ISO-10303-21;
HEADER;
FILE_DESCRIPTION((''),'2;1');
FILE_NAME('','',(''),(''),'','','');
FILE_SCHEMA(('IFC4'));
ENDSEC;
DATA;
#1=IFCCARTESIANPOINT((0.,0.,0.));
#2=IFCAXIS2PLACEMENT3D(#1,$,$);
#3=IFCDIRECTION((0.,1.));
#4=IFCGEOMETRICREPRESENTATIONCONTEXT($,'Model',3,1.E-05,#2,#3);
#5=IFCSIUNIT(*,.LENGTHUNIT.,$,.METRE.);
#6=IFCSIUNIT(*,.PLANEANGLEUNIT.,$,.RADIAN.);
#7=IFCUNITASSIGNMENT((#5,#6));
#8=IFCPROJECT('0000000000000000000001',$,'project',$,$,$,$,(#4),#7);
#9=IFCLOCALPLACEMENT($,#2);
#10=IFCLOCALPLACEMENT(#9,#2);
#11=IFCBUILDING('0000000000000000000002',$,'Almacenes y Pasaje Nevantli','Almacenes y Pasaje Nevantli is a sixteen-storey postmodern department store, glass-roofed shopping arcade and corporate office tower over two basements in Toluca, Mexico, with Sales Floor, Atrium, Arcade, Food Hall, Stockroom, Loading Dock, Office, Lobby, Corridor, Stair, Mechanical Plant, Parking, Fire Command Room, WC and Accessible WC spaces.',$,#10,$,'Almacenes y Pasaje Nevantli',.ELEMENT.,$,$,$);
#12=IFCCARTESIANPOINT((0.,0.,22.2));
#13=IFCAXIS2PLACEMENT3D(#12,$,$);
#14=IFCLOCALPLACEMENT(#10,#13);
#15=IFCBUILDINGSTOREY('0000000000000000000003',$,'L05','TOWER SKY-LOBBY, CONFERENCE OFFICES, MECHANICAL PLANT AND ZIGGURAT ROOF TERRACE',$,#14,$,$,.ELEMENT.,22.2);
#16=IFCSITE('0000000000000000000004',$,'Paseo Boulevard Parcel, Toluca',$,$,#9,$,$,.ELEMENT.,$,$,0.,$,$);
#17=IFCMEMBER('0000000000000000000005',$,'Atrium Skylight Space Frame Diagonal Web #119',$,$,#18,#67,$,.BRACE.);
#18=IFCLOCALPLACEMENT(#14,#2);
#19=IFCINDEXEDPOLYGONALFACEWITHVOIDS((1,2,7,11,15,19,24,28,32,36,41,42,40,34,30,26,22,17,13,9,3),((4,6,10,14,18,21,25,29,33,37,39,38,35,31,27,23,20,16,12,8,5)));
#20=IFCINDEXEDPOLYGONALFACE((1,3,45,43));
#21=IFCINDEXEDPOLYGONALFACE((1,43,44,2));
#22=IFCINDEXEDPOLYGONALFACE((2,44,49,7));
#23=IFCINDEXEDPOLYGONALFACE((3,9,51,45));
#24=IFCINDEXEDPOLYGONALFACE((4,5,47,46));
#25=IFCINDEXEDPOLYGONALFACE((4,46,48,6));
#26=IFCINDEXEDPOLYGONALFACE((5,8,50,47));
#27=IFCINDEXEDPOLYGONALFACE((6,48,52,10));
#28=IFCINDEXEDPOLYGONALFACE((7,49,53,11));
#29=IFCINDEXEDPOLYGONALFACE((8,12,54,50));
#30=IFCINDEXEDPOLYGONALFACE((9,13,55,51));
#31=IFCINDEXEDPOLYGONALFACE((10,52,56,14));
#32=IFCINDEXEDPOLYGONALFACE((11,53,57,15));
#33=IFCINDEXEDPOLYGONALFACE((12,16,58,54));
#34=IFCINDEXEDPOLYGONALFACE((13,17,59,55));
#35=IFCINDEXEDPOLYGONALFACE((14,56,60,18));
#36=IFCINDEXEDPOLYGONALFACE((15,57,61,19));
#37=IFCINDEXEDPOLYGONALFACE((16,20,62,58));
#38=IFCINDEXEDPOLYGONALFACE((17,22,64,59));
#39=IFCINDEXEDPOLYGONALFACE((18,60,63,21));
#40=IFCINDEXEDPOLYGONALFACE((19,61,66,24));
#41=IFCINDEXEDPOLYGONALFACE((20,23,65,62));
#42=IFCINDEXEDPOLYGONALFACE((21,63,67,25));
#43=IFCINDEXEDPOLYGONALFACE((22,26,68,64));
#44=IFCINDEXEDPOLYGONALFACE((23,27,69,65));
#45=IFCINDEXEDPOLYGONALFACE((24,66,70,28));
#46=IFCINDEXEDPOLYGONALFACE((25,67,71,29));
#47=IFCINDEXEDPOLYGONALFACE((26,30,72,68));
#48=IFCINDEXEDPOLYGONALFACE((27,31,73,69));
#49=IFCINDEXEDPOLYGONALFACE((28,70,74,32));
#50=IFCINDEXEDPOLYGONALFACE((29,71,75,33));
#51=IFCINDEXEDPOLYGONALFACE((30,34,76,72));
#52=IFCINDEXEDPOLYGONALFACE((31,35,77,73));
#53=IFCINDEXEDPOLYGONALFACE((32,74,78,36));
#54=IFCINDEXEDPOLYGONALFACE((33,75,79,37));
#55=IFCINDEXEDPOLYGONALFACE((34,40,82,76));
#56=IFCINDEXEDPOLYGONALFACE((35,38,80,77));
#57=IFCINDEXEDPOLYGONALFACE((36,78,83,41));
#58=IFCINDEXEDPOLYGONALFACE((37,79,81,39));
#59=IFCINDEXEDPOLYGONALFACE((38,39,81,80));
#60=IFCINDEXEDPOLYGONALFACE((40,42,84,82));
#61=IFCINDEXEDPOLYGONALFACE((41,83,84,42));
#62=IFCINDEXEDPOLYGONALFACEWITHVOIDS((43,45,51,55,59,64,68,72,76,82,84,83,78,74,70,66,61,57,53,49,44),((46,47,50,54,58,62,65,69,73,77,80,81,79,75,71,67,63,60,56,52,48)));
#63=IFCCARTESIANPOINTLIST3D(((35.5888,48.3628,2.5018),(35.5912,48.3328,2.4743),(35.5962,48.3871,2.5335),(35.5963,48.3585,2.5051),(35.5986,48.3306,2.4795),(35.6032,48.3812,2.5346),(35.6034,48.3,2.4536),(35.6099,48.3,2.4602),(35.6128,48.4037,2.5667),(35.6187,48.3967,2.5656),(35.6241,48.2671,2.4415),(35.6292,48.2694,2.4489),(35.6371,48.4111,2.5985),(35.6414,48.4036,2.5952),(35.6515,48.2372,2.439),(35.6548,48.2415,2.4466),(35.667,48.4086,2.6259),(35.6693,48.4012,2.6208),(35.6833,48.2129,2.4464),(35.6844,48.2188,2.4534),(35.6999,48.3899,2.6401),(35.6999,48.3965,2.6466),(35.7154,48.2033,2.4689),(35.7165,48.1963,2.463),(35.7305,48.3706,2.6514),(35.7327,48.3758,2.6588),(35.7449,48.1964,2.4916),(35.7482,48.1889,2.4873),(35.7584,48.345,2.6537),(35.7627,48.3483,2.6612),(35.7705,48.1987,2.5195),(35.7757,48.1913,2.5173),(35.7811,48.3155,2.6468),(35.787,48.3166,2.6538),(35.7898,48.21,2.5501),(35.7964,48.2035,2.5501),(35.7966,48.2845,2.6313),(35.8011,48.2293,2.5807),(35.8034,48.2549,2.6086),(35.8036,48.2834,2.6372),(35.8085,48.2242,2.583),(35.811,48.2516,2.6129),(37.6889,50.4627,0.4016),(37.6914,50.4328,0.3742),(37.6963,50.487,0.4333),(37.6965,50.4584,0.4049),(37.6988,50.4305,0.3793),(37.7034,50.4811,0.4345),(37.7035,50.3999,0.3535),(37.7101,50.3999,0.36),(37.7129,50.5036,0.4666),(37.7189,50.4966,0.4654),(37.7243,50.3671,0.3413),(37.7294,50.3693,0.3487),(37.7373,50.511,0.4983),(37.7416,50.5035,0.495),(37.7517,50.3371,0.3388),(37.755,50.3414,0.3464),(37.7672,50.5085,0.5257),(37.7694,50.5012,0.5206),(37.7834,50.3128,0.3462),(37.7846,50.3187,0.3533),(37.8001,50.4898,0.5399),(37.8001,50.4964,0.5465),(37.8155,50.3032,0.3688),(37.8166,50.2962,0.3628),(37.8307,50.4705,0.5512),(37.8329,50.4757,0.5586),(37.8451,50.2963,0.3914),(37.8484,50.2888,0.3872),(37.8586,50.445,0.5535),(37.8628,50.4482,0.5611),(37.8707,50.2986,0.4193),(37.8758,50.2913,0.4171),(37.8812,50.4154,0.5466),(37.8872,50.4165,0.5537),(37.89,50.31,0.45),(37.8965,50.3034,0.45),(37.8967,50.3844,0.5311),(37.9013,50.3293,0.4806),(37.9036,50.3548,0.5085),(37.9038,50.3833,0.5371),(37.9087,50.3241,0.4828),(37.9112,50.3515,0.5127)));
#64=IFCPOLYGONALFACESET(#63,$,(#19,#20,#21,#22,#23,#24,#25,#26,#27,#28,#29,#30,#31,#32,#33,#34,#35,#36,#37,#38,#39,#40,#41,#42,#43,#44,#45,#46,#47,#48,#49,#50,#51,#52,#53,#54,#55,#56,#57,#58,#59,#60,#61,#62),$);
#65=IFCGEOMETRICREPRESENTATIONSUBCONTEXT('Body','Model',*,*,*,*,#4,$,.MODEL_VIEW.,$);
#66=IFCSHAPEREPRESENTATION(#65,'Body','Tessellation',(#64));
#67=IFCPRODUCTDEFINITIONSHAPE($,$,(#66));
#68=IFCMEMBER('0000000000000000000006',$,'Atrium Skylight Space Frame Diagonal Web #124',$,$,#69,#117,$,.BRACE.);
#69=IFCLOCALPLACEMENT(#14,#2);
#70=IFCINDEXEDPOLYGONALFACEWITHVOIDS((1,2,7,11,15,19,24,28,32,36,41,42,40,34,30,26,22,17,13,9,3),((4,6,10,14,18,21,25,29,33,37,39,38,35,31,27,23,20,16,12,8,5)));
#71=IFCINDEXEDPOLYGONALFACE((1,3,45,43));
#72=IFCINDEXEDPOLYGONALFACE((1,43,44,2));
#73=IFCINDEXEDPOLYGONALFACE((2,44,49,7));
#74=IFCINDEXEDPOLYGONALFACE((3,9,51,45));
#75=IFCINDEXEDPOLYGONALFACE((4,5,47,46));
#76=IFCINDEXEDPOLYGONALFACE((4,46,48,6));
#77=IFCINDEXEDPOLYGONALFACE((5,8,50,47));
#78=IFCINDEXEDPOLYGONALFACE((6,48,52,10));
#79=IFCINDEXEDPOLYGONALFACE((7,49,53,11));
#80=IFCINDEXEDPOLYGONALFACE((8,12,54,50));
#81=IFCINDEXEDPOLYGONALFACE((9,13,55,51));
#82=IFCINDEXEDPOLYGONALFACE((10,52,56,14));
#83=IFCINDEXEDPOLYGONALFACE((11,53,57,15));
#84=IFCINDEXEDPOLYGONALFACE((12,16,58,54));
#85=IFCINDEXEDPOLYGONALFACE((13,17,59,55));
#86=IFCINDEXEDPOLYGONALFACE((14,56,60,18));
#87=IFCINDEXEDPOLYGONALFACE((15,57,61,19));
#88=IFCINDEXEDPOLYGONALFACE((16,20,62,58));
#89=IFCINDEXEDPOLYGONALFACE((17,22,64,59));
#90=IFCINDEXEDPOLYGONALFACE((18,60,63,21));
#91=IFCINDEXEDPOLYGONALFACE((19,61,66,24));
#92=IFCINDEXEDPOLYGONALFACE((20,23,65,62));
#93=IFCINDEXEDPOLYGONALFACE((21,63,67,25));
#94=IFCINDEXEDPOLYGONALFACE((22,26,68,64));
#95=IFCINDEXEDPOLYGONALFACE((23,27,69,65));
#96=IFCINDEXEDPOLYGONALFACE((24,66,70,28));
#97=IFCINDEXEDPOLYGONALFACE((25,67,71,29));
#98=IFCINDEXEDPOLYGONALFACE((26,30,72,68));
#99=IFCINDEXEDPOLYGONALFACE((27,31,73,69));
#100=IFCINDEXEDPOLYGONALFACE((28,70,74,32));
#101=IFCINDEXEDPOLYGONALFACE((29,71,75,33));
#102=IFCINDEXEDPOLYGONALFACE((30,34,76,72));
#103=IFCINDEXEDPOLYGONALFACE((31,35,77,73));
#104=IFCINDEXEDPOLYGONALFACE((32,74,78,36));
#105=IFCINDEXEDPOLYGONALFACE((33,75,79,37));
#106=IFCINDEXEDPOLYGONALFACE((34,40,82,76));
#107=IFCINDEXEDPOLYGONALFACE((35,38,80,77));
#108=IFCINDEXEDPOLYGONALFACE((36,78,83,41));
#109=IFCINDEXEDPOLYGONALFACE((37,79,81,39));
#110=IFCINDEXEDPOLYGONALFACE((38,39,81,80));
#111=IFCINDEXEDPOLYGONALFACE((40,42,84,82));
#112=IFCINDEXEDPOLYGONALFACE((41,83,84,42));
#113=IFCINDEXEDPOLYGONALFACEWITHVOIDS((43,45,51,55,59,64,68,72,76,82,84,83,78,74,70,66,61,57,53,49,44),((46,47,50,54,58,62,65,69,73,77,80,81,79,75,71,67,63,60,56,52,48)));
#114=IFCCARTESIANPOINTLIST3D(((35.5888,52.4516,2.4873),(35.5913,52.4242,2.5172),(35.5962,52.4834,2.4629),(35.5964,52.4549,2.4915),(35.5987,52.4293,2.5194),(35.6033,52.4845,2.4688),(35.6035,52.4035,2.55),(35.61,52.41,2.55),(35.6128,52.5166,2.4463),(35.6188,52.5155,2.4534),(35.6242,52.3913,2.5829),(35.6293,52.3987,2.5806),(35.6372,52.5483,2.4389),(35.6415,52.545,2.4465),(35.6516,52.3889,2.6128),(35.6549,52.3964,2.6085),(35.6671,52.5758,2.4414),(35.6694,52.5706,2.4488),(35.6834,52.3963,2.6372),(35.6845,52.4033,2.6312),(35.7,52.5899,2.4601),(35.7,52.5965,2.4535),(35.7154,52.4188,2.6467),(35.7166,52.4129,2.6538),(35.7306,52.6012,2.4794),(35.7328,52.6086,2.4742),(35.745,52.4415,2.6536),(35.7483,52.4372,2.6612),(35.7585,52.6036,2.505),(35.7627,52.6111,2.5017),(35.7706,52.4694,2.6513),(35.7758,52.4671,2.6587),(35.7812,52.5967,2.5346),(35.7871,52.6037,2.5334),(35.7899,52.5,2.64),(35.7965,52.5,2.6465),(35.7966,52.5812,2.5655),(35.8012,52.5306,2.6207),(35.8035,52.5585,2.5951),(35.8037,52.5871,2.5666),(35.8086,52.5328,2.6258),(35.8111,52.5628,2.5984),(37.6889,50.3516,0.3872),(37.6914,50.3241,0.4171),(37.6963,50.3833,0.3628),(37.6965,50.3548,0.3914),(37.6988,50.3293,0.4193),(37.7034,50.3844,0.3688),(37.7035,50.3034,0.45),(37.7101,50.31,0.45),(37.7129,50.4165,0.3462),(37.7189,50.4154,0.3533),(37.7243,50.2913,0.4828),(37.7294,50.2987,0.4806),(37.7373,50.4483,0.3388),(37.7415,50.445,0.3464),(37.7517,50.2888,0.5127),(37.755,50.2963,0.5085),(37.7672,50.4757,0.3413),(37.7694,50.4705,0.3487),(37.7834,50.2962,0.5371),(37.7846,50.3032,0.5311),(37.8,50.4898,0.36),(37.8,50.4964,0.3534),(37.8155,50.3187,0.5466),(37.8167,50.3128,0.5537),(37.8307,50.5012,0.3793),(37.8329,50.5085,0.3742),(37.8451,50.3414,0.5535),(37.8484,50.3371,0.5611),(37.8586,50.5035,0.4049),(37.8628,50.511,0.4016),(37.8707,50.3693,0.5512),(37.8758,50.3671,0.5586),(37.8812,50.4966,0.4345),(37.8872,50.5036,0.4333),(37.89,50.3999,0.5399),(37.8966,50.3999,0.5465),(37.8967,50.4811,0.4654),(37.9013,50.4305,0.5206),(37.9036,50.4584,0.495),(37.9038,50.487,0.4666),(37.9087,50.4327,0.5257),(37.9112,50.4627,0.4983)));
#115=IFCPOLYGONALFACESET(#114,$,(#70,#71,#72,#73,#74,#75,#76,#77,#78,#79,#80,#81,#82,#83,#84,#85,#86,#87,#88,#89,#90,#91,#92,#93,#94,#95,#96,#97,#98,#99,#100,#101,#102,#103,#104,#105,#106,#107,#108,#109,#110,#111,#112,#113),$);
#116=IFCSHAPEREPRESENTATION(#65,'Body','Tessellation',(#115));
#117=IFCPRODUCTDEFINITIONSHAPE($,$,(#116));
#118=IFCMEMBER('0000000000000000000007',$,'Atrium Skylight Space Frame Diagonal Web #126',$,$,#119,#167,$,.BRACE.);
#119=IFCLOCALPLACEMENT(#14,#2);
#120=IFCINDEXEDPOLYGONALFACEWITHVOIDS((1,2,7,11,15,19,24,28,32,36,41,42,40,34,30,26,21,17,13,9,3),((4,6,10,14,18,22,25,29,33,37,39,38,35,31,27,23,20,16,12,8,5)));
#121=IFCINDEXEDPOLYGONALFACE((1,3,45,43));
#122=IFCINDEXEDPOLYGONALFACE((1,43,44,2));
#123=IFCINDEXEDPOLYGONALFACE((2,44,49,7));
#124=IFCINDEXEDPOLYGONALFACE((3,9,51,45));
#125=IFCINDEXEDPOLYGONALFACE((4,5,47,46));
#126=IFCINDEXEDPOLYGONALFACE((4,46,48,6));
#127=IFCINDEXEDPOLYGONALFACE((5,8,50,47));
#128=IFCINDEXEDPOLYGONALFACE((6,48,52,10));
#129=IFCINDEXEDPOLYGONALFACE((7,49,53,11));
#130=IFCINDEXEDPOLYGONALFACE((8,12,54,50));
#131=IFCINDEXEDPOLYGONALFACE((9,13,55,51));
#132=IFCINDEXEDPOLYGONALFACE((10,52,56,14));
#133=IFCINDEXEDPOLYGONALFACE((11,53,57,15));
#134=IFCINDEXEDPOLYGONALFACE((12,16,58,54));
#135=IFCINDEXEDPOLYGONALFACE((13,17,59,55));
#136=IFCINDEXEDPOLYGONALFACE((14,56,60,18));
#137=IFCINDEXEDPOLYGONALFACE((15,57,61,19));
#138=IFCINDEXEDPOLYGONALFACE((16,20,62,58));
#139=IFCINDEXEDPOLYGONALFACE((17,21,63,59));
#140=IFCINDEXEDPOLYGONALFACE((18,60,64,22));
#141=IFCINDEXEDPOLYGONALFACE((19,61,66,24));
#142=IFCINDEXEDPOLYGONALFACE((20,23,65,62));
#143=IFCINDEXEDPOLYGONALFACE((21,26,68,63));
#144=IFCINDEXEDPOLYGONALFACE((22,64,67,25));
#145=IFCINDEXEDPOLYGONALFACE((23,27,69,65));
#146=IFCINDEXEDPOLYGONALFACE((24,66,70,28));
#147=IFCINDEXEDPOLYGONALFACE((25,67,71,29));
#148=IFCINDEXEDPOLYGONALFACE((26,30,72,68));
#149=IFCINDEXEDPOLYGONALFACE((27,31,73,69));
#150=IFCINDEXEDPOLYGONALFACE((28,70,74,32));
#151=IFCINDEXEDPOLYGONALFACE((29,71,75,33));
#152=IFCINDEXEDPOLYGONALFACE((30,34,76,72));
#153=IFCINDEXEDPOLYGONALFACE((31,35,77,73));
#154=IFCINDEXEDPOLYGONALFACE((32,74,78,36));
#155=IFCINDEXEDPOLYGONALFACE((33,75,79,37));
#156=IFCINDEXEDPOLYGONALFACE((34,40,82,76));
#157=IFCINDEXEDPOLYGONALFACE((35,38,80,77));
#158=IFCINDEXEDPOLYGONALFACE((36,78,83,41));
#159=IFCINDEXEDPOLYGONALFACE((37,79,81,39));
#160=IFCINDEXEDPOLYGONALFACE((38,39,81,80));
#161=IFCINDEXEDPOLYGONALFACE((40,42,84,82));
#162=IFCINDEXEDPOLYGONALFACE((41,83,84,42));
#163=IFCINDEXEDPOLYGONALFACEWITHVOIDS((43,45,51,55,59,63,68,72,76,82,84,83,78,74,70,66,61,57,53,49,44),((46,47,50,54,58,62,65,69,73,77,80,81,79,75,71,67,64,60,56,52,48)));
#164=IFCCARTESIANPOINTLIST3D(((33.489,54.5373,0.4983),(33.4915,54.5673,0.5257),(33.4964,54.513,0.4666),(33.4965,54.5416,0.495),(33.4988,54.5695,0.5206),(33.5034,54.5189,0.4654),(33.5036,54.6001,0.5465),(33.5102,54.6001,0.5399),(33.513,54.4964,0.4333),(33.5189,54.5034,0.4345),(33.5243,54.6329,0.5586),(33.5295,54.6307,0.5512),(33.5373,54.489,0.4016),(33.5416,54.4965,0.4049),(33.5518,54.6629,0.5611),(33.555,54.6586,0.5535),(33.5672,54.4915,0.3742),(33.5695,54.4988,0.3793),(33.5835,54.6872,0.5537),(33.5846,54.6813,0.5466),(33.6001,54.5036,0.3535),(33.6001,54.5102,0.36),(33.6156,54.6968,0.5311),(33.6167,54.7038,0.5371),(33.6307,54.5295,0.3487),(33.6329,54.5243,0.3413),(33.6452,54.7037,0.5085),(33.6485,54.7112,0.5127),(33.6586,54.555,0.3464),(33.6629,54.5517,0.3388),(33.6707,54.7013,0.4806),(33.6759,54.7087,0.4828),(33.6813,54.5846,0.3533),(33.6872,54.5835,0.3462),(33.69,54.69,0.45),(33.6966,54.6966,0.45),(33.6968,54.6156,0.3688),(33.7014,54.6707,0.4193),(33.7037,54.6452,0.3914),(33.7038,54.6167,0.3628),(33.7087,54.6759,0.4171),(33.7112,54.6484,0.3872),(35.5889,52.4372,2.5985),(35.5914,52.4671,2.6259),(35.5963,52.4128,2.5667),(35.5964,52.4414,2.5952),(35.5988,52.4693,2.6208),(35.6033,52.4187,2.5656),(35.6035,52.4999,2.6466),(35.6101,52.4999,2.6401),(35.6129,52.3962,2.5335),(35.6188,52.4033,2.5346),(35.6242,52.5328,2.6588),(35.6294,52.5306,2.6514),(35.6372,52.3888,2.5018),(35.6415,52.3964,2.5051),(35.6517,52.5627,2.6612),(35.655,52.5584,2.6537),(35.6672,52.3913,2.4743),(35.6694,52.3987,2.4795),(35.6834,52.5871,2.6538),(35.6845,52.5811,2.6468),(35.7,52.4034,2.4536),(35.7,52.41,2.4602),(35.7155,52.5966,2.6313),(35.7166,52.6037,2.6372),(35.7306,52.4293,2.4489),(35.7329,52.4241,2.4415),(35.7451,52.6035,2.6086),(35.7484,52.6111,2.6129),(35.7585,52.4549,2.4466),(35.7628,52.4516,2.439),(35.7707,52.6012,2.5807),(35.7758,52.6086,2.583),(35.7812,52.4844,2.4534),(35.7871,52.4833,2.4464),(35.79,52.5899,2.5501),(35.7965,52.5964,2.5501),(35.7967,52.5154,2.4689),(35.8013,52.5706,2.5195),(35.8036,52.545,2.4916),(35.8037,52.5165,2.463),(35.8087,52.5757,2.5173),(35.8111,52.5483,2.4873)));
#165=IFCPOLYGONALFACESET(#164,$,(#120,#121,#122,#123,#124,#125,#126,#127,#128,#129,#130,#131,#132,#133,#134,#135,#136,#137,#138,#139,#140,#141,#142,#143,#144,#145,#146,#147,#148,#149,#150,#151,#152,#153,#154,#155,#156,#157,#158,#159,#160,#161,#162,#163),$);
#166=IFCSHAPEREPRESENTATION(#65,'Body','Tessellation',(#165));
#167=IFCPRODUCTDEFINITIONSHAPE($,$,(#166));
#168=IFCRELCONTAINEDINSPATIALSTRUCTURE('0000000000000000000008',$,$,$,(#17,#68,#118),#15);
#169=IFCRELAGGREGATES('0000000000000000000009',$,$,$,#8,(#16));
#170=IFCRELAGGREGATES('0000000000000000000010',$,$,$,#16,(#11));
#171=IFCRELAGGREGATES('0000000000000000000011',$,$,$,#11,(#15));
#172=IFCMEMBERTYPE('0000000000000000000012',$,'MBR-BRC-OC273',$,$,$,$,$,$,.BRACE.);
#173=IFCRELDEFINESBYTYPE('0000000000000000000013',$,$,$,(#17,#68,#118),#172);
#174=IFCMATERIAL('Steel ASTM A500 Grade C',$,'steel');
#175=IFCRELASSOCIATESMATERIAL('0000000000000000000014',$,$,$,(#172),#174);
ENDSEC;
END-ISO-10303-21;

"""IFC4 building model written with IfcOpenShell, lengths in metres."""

from ifc_helpers import new_model, si_unit, direction, frame, origin, origin_2d, place, context, subcontext, project, spatial, hollow_circle, extrude, material, material_profile, profile_set, type_object, element, save


model = new_model("IFC4")

# Units and contexts
model_context = context("Model", 3, precision=1e-05, world=origin(), true_north=direction((0.0, 1.0)))
body_context = subcontext(model_context, "Body", "Model", "MODEL_VIEW")
ifc_project = project(units=[si_unit("LENGTHUNIT", "METRE"), si_unit("PLANEANGLEUNIT", "RADIAN")], contexts=[model_context])

# Site, building, storey
site_placement = place(None, origin())
site = spatial("IfcSite", under=ifc_project, at=site_placement, Name="Paseo Boulevard Parcel, Toluca", CompositionType="ELEMENT", RefElevation=0.0)
building_placement = place(site_placement, origin())
building = spatial("IfcBuilding", under=site, at=building_placement, Name="Almacenes y Pasaje Nevantli", Description="Almacenes y Pasaje Nevantli is a sixteen-storey postmodern department store, glass-roofed shopping arcade and corporate office tower over two basements in Toluca, Mexico, with Sales Floor, Atrium, Arcade, Food Hall, Stockroom, Loading Dock, Office, Lobby, Corridor, Stair, Mechanical Plant, Parking, Fire Command Room, WC and Accessible WC spaces.", LongName="Almacenes y Pasaje Nevantli", CompositionType="ELEMENT")
storey_placement = place(building_placement, frame((0.0, 0.0, 22.2)))
storey = spatial("IfcBuildingStorey", under=building, at=storey_placement, Name="L05", Description="TOWER SKY-LOBBY, CONFERENCE OFFICES, MECHANICAL PLANT AND ZIGGURAT ROOF TERRACE", CompositionType="ELEMENT", Elevation=22.2)

# Members
ifc_material_1 = material(Name="Steel ASTM A500 Grade C", Category="steel")
ifc_material_profile_1 = material_profile(ifc_material_1, hollow_circle(Radius=0.1365, WallThickness=0.0093, at=origin_2d()), Name="OC 273x9.3")
ifc_profile_set_1 = profile_set([ifc_material_profile_1], Name="Steel ASTM A500 Grade C")
member_type_1 = type_object("IfcMemberType", Name="MBR-BRC-OC273", PredefinedType="BRACE", material=ifc_profile_set_1)
for number, where, z_axis, x_axis, name in (
    (1, (37.8, 50.3999, 0.45), (-0.577373, -0.577306, 0.577373), (0.707066, -0.707148, 0.0), "Atrium Skylight Space Frame Diagonal Web #119"),
    (2, (37.8, 50.3999, 0.45), (-0.57735, 0.57735, 0.57735), (-0.707107, -0.707107, 0.0), "Atrium Skylight Space Frame Diagonal Web #124"),
    (3, (33.6001, 54.6001, 0.45), (0.577306, -0.577373, 0.577373), (0.707148, 0.707066, 0.0), "Atrium Skylight Space Frame Diagonal Web #126"),
):
    element("IfcMember", number, at=place(storey_placement, frame(where, z_axis=z_axis, x_axis=x_axis)), inside=storey, type_object=member_type_1, Name=name, PredefinedType="BRACE", context=body_context, shape_type="SweptSolid", body=[
        extrude(hollow_circle(Radius=0.1365, WallThickness=0.0093, at=origin_2d()), origin(), (0.0, 0.0, 1.0), 3.6375),
    ])

save(model, "model.ifc")
